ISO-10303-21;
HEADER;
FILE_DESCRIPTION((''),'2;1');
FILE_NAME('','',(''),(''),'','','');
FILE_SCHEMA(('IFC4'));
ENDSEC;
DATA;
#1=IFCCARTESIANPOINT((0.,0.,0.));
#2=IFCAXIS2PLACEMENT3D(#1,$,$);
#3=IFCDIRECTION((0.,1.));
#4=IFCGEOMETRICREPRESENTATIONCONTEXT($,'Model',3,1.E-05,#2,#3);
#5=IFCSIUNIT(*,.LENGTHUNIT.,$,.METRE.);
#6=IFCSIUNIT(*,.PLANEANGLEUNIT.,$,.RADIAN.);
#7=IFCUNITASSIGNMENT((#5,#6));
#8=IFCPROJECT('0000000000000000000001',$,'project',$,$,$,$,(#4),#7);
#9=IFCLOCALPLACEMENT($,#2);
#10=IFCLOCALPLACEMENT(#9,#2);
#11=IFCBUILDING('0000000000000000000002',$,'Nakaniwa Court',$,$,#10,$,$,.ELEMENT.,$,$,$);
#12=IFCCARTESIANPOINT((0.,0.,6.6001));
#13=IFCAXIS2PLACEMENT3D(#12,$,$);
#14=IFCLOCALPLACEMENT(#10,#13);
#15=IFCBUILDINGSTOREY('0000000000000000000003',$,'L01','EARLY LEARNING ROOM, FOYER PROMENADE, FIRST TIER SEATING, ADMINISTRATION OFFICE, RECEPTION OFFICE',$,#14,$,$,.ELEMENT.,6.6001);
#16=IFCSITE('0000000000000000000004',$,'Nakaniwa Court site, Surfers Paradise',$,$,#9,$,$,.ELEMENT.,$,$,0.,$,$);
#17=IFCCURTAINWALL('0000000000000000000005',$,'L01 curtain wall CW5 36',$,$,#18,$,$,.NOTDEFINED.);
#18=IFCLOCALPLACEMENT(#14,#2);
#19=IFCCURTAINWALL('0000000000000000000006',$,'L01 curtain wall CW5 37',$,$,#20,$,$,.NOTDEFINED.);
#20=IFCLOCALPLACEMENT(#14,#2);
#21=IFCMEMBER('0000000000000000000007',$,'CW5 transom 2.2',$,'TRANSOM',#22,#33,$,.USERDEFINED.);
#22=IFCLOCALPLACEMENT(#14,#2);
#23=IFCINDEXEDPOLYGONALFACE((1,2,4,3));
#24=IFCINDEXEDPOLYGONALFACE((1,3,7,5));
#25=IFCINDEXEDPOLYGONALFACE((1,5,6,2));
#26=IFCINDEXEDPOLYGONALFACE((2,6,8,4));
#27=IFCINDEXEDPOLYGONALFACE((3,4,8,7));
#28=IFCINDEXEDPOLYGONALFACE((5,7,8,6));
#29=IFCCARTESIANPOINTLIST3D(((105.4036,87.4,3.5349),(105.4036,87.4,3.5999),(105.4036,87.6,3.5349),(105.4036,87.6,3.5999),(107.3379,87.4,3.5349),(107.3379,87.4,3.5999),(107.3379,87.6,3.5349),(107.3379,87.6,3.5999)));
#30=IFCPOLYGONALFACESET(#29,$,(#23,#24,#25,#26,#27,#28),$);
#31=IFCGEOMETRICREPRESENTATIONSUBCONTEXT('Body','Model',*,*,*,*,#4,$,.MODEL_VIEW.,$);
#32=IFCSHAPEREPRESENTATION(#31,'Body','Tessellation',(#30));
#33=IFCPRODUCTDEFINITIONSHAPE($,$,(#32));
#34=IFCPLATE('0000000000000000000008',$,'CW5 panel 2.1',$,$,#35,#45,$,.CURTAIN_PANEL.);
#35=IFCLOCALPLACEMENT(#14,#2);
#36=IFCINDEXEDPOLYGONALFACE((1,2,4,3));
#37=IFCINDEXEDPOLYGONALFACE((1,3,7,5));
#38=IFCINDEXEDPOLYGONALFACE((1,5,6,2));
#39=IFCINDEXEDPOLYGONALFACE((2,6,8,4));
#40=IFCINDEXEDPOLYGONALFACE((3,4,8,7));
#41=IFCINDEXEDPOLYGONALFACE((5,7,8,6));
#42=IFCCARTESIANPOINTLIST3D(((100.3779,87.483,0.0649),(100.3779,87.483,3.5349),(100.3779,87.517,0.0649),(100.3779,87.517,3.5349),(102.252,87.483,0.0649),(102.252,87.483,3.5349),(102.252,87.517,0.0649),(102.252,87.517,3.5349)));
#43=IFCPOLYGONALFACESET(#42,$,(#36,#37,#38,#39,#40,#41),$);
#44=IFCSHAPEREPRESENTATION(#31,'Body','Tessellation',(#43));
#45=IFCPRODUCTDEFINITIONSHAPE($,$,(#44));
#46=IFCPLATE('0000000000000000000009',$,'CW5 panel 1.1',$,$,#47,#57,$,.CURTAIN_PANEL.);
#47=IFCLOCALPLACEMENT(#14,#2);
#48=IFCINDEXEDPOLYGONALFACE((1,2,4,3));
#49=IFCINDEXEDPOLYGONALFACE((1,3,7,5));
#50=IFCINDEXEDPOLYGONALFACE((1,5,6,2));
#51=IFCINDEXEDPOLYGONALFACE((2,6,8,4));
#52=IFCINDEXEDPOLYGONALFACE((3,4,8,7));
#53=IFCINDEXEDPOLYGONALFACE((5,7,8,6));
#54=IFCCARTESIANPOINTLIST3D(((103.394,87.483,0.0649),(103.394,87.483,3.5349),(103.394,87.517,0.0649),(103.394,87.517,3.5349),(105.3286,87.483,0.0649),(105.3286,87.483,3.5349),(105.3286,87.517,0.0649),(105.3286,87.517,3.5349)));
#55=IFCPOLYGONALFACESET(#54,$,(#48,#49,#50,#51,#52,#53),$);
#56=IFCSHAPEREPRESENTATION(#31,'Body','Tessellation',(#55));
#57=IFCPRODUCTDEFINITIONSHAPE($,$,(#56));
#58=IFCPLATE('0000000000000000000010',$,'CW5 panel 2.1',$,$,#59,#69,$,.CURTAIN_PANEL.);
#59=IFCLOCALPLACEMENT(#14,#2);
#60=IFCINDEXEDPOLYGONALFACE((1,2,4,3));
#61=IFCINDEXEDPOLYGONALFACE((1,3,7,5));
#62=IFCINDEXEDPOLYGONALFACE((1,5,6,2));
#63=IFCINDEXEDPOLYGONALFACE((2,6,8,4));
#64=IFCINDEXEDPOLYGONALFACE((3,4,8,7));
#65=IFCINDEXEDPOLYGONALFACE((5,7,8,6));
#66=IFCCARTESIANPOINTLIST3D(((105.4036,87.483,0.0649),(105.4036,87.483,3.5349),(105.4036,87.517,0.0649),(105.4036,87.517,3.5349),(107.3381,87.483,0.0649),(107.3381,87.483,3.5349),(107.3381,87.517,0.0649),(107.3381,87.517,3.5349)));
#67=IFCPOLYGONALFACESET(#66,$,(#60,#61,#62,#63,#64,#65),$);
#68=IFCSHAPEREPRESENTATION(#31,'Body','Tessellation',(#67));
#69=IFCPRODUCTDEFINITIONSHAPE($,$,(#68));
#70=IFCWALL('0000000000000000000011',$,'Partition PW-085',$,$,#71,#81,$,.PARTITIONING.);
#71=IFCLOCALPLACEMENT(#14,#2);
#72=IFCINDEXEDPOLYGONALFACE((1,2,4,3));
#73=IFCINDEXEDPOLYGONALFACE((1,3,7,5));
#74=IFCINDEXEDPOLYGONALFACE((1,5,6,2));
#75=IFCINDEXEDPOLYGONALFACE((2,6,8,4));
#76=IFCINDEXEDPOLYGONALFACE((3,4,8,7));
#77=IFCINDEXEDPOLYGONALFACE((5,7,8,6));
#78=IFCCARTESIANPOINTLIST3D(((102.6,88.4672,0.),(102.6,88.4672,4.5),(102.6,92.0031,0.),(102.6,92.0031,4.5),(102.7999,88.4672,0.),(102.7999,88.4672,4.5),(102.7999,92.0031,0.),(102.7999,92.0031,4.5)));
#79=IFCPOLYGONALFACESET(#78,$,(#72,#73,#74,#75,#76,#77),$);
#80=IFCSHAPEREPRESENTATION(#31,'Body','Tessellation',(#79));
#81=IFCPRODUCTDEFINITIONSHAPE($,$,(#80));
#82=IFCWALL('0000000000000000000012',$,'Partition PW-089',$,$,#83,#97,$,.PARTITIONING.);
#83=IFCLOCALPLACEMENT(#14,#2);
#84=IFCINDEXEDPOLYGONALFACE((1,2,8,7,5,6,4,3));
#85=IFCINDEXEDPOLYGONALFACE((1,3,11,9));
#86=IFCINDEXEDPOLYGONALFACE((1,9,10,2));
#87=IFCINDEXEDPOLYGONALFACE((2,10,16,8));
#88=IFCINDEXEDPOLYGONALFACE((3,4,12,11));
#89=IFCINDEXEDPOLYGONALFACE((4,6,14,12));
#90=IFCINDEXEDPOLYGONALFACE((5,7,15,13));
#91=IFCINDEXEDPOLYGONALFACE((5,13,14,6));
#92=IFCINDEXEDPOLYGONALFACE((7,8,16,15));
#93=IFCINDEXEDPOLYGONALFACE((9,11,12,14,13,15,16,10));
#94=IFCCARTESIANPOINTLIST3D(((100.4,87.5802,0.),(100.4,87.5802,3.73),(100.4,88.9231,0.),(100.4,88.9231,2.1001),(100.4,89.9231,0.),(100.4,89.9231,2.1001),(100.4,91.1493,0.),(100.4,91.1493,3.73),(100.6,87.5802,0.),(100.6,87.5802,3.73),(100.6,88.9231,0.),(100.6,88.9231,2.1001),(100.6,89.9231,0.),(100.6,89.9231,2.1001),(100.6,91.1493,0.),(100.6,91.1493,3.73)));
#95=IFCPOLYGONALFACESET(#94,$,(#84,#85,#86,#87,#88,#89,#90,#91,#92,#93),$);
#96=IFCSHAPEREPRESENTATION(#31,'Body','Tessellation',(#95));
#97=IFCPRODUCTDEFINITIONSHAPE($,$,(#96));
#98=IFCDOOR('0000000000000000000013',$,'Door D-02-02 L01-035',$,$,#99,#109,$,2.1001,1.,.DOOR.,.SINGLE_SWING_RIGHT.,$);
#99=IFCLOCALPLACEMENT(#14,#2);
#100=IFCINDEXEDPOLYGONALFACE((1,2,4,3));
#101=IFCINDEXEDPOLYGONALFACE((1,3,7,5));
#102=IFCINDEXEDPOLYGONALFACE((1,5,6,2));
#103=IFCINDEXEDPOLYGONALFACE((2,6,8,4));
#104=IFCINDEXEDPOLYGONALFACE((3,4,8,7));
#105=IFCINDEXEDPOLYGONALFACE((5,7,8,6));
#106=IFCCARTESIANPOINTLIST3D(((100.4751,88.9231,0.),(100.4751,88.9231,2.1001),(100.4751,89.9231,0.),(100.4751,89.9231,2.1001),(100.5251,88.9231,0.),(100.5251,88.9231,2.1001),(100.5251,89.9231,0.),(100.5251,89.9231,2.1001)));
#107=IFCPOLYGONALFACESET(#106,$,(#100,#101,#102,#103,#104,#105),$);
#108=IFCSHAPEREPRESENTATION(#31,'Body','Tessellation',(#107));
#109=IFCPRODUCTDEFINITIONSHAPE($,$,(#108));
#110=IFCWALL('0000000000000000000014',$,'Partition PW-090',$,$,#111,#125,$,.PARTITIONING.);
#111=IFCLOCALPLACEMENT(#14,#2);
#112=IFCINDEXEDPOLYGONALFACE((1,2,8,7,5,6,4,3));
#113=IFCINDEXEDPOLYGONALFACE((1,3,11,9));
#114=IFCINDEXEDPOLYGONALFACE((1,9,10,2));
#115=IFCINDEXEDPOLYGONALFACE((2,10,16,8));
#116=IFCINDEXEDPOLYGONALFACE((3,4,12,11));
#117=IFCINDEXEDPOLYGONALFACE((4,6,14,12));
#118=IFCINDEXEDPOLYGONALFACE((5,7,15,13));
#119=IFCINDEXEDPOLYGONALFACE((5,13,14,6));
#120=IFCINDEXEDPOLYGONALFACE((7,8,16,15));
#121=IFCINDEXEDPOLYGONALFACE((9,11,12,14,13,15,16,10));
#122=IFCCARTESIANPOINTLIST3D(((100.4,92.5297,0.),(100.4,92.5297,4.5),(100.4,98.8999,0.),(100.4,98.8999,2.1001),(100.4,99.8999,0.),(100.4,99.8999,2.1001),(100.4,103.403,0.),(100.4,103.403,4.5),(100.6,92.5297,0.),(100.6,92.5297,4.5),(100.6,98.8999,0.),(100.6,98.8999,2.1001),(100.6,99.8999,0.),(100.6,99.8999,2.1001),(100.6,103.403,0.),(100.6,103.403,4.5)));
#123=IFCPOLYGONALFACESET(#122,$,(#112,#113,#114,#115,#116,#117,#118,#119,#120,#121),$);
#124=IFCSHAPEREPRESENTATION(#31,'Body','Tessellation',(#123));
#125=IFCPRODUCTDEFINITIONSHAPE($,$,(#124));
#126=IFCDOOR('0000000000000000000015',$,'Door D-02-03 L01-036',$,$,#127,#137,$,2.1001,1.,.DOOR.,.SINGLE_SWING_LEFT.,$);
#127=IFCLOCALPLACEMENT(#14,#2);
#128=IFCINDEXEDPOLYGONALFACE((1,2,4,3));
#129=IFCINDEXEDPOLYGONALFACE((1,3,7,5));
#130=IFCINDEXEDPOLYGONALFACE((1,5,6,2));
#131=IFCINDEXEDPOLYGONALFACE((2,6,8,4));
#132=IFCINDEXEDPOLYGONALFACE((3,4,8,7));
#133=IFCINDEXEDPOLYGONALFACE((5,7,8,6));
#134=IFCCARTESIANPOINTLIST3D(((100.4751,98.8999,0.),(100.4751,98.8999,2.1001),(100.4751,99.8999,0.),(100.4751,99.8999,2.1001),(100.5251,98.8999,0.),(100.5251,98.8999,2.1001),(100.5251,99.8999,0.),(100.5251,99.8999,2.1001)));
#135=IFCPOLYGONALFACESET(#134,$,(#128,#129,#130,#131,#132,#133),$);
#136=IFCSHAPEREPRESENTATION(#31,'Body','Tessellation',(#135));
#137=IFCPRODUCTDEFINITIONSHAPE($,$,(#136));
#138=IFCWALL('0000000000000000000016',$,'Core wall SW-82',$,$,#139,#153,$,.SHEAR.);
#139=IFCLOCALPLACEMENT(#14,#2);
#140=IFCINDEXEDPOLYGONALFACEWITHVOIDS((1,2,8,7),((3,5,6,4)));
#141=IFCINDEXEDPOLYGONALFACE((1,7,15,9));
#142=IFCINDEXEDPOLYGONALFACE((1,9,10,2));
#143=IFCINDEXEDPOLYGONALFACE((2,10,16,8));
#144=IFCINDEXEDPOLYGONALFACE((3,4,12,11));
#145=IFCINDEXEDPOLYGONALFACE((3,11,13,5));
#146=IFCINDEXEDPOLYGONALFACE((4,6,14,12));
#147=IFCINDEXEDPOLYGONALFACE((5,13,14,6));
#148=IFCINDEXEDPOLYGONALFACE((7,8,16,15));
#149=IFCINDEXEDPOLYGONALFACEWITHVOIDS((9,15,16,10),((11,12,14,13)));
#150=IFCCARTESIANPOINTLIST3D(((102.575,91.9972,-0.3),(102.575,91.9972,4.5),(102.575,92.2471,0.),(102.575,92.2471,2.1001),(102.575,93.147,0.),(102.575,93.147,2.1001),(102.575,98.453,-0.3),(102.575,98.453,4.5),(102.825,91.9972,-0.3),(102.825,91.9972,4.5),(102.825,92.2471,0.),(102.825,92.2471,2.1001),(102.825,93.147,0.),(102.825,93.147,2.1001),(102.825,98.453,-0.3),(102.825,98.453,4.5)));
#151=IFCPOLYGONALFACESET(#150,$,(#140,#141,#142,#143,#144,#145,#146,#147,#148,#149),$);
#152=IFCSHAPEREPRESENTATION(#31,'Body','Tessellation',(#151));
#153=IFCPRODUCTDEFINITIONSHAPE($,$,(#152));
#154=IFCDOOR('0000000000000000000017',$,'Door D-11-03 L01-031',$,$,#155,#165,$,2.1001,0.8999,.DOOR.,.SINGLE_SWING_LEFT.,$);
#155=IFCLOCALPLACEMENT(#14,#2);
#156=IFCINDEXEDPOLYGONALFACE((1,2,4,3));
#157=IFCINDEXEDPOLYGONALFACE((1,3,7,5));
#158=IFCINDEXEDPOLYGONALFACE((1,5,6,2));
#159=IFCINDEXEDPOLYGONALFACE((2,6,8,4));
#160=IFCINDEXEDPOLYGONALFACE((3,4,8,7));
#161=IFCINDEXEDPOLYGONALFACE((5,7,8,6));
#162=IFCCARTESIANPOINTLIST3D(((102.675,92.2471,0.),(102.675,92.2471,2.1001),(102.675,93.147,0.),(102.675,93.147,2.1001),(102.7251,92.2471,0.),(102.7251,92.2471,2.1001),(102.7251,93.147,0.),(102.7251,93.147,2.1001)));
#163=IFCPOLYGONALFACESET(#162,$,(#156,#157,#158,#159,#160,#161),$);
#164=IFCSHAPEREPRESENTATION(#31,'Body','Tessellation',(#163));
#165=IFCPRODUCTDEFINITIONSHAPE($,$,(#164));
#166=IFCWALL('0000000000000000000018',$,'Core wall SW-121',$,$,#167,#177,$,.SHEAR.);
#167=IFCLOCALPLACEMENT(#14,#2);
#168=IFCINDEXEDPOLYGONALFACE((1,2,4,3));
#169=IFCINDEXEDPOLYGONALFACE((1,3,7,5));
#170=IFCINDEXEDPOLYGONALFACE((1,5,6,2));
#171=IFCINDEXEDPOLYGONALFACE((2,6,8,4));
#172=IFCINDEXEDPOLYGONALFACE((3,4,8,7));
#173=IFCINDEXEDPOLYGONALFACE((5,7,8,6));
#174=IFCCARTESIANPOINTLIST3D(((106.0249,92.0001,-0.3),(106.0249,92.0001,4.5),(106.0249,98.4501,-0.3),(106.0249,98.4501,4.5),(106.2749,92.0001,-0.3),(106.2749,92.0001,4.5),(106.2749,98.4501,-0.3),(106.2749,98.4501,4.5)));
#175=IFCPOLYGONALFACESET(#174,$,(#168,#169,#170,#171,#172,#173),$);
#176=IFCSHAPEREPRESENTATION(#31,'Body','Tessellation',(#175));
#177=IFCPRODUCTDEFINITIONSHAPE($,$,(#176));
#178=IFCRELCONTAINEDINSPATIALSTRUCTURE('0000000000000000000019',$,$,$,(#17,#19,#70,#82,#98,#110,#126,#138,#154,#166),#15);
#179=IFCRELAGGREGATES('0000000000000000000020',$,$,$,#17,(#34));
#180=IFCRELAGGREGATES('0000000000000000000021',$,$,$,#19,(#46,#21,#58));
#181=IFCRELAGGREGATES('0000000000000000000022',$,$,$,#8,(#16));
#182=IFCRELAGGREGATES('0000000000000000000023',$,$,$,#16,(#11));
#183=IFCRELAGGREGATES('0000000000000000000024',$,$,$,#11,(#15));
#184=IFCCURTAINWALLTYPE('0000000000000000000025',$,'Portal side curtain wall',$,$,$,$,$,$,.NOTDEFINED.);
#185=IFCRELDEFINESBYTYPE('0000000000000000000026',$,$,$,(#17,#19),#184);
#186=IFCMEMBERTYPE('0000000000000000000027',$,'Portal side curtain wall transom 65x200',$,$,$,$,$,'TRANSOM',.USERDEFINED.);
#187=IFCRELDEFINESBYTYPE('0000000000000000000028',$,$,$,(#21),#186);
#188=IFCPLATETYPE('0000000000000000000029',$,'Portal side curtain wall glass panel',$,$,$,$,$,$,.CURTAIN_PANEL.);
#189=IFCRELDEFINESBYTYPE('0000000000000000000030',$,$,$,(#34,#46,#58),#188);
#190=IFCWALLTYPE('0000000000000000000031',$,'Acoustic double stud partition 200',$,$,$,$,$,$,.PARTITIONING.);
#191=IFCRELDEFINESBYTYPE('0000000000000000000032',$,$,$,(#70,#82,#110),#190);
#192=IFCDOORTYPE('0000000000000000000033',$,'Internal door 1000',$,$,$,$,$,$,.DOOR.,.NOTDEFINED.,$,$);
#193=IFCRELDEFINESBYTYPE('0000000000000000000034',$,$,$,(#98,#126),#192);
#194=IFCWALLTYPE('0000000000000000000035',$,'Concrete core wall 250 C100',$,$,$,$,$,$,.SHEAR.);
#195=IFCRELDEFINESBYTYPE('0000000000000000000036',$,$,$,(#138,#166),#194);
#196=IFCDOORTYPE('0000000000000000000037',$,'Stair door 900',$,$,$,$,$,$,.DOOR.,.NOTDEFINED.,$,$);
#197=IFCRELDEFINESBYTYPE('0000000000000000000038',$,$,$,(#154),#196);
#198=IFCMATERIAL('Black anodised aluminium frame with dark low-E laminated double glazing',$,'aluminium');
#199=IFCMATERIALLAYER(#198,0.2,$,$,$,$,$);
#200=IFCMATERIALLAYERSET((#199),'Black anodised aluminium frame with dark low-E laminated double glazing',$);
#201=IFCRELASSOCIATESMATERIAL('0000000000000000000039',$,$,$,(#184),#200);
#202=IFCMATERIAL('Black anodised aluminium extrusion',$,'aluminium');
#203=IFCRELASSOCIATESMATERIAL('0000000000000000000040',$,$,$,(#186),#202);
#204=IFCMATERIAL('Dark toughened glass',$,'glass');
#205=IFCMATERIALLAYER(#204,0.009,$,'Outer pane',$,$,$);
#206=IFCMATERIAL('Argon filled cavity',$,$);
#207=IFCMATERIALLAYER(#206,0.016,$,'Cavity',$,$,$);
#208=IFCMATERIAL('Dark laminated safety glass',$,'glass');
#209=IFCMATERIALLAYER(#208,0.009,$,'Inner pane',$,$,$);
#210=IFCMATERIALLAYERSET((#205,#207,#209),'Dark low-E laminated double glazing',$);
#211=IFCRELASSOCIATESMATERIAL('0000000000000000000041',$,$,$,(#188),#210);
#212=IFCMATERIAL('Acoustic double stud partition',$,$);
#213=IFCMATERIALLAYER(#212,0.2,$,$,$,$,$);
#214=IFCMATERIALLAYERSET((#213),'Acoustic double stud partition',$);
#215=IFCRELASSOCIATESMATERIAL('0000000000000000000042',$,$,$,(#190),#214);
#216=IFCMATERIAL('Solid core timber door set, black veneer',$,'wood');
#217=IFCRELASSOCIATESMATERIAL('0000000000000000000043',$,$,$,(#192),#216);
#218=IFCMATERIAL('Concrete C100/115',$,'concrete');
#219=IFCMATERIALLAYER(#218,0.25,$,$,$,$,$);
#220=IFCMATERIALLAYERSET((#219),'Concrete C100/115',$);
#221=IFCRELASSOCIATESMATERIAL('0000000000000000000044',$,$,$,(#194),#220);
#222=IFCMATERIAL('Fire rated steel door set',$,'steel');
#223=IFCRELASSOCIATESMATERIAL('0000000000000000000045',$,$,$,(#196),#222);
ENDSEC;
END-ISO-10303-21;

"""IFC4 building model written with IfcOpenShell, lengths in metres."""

from ifc_helpers import new_model, si_unit, direction, frame, frame_2d, origin, origin_2d, place, context, subcontext, project, spatial, rectangle, extrude, material, layer, layer_set, material_profile, profile_set, type_object, element, fill, aggregate, save


model = new_model("IFC4")

# Units and contexts
model_context = context("Model", 3, precision=1e-05, world=origin(), true_north=direction((0.0, 1.0)))
body_context = subcontext(model_context, "Body", "Model", "MODEL_VIEW")
ifc_project = project(units=[si_unit("LENGTHUNIT", "METRE"), si_unit("PLANEANGLEUNIT", "RADIAN")], contexts=[model_context])

# Site, building, storey
site_placement = place(None, origin())
site = spatial("IfcSite", under=ifc_project, at=site_placement, Name="Nakaniwa Court site, Surfers Paradise", CompositionType="ELEMENT", RefElevation=0.0)
building_placement = place(site_placement, origin())
building = spatial("IfcBuilding", under=site, at=building_placement, Name="Nakaniwa Court", CompositionType="ELEMENT")
storey_placement = place(building_placement, frame((0.0, 0.0, 6.6001)))
storey = spatial("IfcBuildingStorey", under=building, at=storey_placement, Name="L01", Description="EARLY LEARNING ROOM, FOYER PROMENADE, FIRST TIER SEATING, ADMINISTRATION OFFICE, RECEPTION OFFICE", CompositionType="ELEMENT", Elevation=6.6001)

# Shared definitions
ifc_material_1 = material(Name="Concrete C100/115", Category="concrete")

# Curtain walls
ifc_material_2 = material(Name="Black anodised aluminium frame with dark low-E laminated double glazing", Category="aluminium")
ifc_layer_1 = layer(ifc_material_2, 0.2)
ifc_layer_set_1 = layer_set([ifc_layer_1], Name="Black anodised aluminium frame with dark low-E laminated double glazing")
curtain_wall_type = type_object("IfcCurtainWallType", Name="Portal side curtain wall", PredefinedType="NOTDEFINED", material=ifc_layer_set_1)
curtain_wall_1_placement = place(storey_placement, origin())
curtain_wall_1 = element("IfcCurtainWall", 1, at=curtain_wall_1_placement, inside=storey, type_object=curtain_wall_type, Name="L01 curtain wall CW5 36", PredefinedType="NOTDEFINED")
ifc_material_3 = material(Name="Black anodised aluminium extrusion", Category="aluminium")
curtain_wall_2_placement = place(storey_placement, origin())
curtain_wall_2 = element("IfcCurtainWall", 2, at=curtain_wall_2_placement, inside=storey, type_object=curtain_wall_type, Name="L01 curtain wall CW5 37", PredefinedType="NOTDEFINED")

# Member
ifc_material_profile_1 = material_profile(ifc_material_3, rectangle(XDim=0.2, YDim=0.0649, at=origin_2d()), Name="Portal side curtain wall transom 65x200")
ifc_profile_set_1 = profile_set([ifc_material_profile_1], Name="Black anodised aluminium extrusion")
member_type_1 = type_object("IfcMemberType", Name="Portal side curtain wall transom 65x200", ElementType="TRANSOM", PredefinedType="USERDEFINED", material=ifc_profile_set_1)
member_1_placement = place(storey_placement, frame((105.4036, 87.5, 3.5674), z_axis=(1.0, 0.0, 0.0), x_axis=(0.0, 1.0, 0.0)))
member_1 = element("IfcMember", 3, at=member_1_placement, type_object=member_type_1, Name="CW5 transom 2.2", ObjectType="TRANSOM", PredefinedType="USERDEFINED", context=body_context, shape_type="SweptSolid", body=[
    extrude(rectangle(XDim=0.2, YDim=0.0649, at=origin_2d()), origin(), (0.0, 0.0, 1.0), 1.9343),
])

# Plates
ifc_material_4 = material(Name="Dark toughened glass", Category="glass")
ifc_layer_2 = layer(ifc_material_4, 0.009, Name="Outer pane")
ifc_material_5 = material(Name="Argon filled cavity")
ifc_layer_3 = layer(ifc_material_5, 0.016, Name="Cavity")
ifc_material_6 = material(Name="Dark laminated safety glass", Category="glass")
ifc_layer_4 = layer(ifc_material_6, 0.009, Name="Inner pane")
ifc_layer_set_2 = layer_set([ifc_layer_2, ifc_layer_3, ifc_layer_4], Name="Dark low-E laminated double glazing")
plate_type = type_object("IfcPlateType", Name="Portal side curtain wall glass panel", PredefinedType="CURTAIN_PANEL", material=ifc_layer_set_2)
plate_1_placement = place(storey_placement, frame((101.3149, 87.5, 0.0649), z_axis=(0.0, 0.0, 1.0), x_axis=(1.0, 0.0, 0.0)))
plate_1 = element("IfcPlate", 4, at=plate_1_placement, type_object=plate_type, Name="CW5 panel 2.1", PredefinedType="CURTAIN_PANEL", context=body_context, shape_type="SweptSolid", body=[
    extrude(rectangle(XDim=1.874, YDim=0.0339, at=origin_2d()), origin(), (0.0, 0.0, 1.0), 3.47),
])
aggregate(curtain_wall_1, [plate_1])
plate_2_placement = place(storey_placement, frame((104.3613, 87.5, 0.0649), z_axis=(0.0, 0.0, 1.0), x_axis=(1.0, 0.0, 0.0)))
plate_2 = element("IfcPlate", 5, at=plate_2_placement, type_object=plate_type, Name="CW5 panel 1.1", PredefinedType="CURTAIN_PANEL", context=body_context, shape_type="SweptSolid", body=[
    extrude(rectangle(XDim=1.9346, YDim=0.0339, at=origin_2d()), origin(), (0.0, 0.0, 1.0), 3.47),
])
plate_3_placement = place(storey_placement, frame((106.3708, 87.5, 0.0649), z_axis=(0.0, 0.0, 1.0), x_axis=(1.0, 0.0, 0.0)))
plate_3 = element("IfcPlate", 6, at=plate_3_placement, type_object=plate_type, Name="CW5 panel 2.1", PredefinedType="CURTAIN_PANEL", context=body_context, shape_type="SweptSolid", body=[
    extrude(rectangle(XDim=1.9346, YDim=0.0339, at=origin_2d()), origin(), (0.0, 0.0, 1.0), 3.47),
])
aggregate(curtain_wall_2, [plate_2, member_1, plate_3])

# Wall
ifc_material_7 = material(Name="Acoustic double stud partition")
ifc_layer_5 = layer(ifc_material_7, 0.2)
ifc_layer_set_3 = layer_set([ifc_layer_5], Name="Acoustic double stud partition")
wall_type_1 = type_object("IfcWallType", Name="Acoustic double stud partition 200", PredefinedType="PARTITIONING", material=ifc_layer_set_3)
wall_1_placement = place(storey_placement, frame((102.7, 88.467, 0.0), z_axis=(0.0, 0.0, 1.0), x_axis=(0.0, 1.0, 0.0)))
element("IfcWall", 7, at=wall_1_placement, inside=storey, type_object=wall_type_1, Name="Partition PW-085", PredefinedType="PARTITIONING", context=body_context, shape_type="SweptSolid", body=[
    extrude(rectangle(XDim=3.5359, YDim=0.2, at=frame_2d((1.7681, 0.0))), origin(), (0.0, 0.0, 1.0), 4.5),
])

# Walls, openings, doors
wall_2_placement = place(storey_placement, frame((100.5, 87.5801, 0.0), z_axis=(0.0, 0.0, 1.0), x_axis=(0.0, 1.0, 0.0)))
wall_2 = element("IfcWall", 8, at=wall_2_placement, inside=storey, type_object=wall_type_1, Name="Partition PW-089", PredefinedType="PARTITIONING", context=body_context, shape_type="SweptSolid", body=[
    extrude(rectangle(XDim=3.5691, YDim=0.2, at=frame_2d((1.7847, 0.0))), origin(), (0.0, 0.0, 1.0), 3.73),
])
opening_1_placement = place(wall_2_placement, frame((1.343, 0.0, 0.0)))
opening_1 = element("IfcOpeningElement", 9, at=opening_1_placement, cuts=wall_2, PredefinedType="OPENING", context=body_context, shape_type="SweptSolid", body=[
    extrude(rectangle(XDim=1.0, YDim=2.1001, at=frame_2d((0.5, 1.05))), frame((0.0, 0.1099, 0.0), z_axis=(0.0, -1.0, 0.0), x_axis=(1.0, 0.0, 0.0)), (0.0, 0.0, 1.0), 0.22),
])
ifc_material_8 = material(Name="Solid core timber door set, black veneer", Category="wood")
door_type_1 = type_object("IfcDoorType", Name="Internal door 1000", OperationType="NOTDEFINED", PredefinedType="DOOR", material=ifc_material_8)
door_1_placement = place(opening_1_placement, origin())
door_1 = element("IfcDoor", 10, at=door_1_placement, inside=storey, type_object=door_type_1, Name="Door D-02-02 L01-035", OperationType="SINGLE_SWING_RIGHT", OverallHeight=2.1001, OverallWidth=1.0, PredefinedType="DOOR", context=body_context, shape_type="SweptSolid", body=[
    extrude(rectangle(XDim=1.0, YDim=2.1001, at=frame_2d((0.5, 1.05))), frame((0.0, 0.0249, 0.0), z_axis=(0.0, -1.0, 0.0), x_axis=(1.0, 0.0, 0.0)), (0.0, 0.0, 1.0), 0.05),
])
fill(opening_1, door_1)
wall_3_placement = place(storey_placement, frame((100.5, 92.5298, 0.0), z_axis=(0.0, 0.0, 1.0), x_axis=(0.0, 1.0, 0.0)))
wall_3 = element("IfcWall", 11, at=wall_3_placement, inside=storey, type_object=wall_type_1, Name="Partition PW-090", PredefinedType="PARTITIONING", context=body_context, shape_type="SweptSolid", body=[
    extrude(rectangle(XDim=10.8733, YDim=0.2, at=frame_2d((5.4365, 0.0))), origin(), (0.0, 0.0, 1.0), 4.5),
])
opening_2_placement = place(wall_3_placement, frame((6.3701, 0.0, 0.0)))
opening_2 = element("IfcOpeningElement", 12, at=opening_2_placement, cuts=wall_3, PredefinedType="OPENING", context=body_context, shape_type="SweptSolid", body=[
    extrude(rectangle(XDim=1.0, YDim=2.1001, at=frame_2d((0.5, 1.05))), frame((0.0, 0.1099, 0.0), z_axis=(0.0, -1.0, 0.0), x_axis=(1.0, 0.0, 0.0)), (0.0, 0.0, 1.0), 0.22),
])
door_2_placement = place(opening_2_placement, origin())
door_2 = element("IfcDoor", 13, at=door_2_placement, inside=storey, type_object=door_type_1, Name="Door D-02-03 L01-036", OperationType="SINGLE_SWING_LEFT", OverallHeight=2.1001, OverallWidth=1.0, PredefinedType="DOOR", context=body_context, shape_type="SweptSolid", body=[
    extrude(rectangle(XDim=1.0, YDim=2.1001, at=frame_2d((0.5, 1.05))), frame((0.0, 0.0249, 0.0), z_axis=(0.0, -1.0, 0.0), x_axis=(1.0, 0.0, 0.0)), (0.0, 0.0, 1.0), 0.05),
])
fill(opening_2, door_2)
ifc_layer_6 = layer(ifc_material_1, 0.25)
ifc_layer_set_4 = layer_set([ifc_layer_6], Name="Concrete C100/115")
wall_type_2 = type_object("IfcWallType", Name="Concrete core wall 250 C100", PredefinedType="SHEAR", material=ifc_layer_set_4)
wall_4_placement = place(storey_placement, frame((102.7, 91.9971, -0.3), z_axis=(0.0, 0.0, 1.0), x_axis=(0.0, 1.0, 0.0)))
wall_4 = element("IfcWall", 14, at=wall_4_placement, inside=storey, type_object=wall_type_2, Name="Core wall SW-82", PredefinedType="SHEAR", context=body_context, shape_type="SweptSolid", body=[
    extrude(rectangle(XDim=6.4558, YDim=0.25, at=frame_2d((3.228, 0.0))), origin(), (0.0, 0.0, 1.0), 4.8),
])
opening_3_placement = place(wall_4_placement, frame((0.25, 0.0, 0.3)))
opening_3 = element("IfcOpeningElement", 15, at=opening_3_placement, cuts=wall_4, PredefinedType="OPENING", context=body_context, shape_type="SweptSolid", body=[
    extrude(rectangle(XDim=0.8999, YDim=2.1001, at=frame_2d((0.45, 1.05))), frame((0.0, 0.135, 0.0), z_axis=(0.0, -1.0, 0.0), x_axis=(1.0, 0.0, 0.0)), (0.0, 0.0, 1.0), 0.27),
])
ifc_material_9 = material(Name="Fire rated steel door set", Category="steel")
door_type_2 = type_object("IfcDoorType", Name="Stair door 900", OperationType="NOTDEFINED", PredefinedType="DOOR", material=ifc_material_9)
door_3_placement = place(opening_3_placement, origin())
door_3 = element("IfcDoor", 16, at=door_3_placement, inside=storey, type_object=door_type_2, Name="Door D-11-03 L01-031", OperationType="SINGLE_SWING_LEFT", OverallHeight=2.1001, OverallWidth=0.8999, PredefinedType="DOOR", context=body_context, shape_type="SweptSolid", body=[
    extrude(rectangle(XDim=0.8999, YDim=2.1001, at=frame_2d((0.45, 1.05))), frame((0.0, 0.0249, 0.0), z_axis=(0.0, -1.0, 0.0), x_axis=(1.0, 0.0, 0.0)), (0.0, 0.0, 1.0), 0.05),
])
fill(opening_3, door_3)

# Wall
wall_5_placement = place(storey_placement, frame((106.1499, 92.0, -0.3), z_axis=(0.0, 0.0, 1.0), x_axis=(0.0, 1.0, 0.0)))
element("IfcWall", 17, at=wall_5_placement, inside=storey, type_object=wall_type_2, Name="Core wall SW-121", PredefinedType="SHEAR", context=body_context, shape_type="SweptSolid", body=[
    extrude(rectangle(XDim=6.45, YDim=0.25, at=frame_2d((3.2251, 0.0))), origin(), (0.0, 0.0, 1.0), 4.8),
])

save(model, "model.ifc")
